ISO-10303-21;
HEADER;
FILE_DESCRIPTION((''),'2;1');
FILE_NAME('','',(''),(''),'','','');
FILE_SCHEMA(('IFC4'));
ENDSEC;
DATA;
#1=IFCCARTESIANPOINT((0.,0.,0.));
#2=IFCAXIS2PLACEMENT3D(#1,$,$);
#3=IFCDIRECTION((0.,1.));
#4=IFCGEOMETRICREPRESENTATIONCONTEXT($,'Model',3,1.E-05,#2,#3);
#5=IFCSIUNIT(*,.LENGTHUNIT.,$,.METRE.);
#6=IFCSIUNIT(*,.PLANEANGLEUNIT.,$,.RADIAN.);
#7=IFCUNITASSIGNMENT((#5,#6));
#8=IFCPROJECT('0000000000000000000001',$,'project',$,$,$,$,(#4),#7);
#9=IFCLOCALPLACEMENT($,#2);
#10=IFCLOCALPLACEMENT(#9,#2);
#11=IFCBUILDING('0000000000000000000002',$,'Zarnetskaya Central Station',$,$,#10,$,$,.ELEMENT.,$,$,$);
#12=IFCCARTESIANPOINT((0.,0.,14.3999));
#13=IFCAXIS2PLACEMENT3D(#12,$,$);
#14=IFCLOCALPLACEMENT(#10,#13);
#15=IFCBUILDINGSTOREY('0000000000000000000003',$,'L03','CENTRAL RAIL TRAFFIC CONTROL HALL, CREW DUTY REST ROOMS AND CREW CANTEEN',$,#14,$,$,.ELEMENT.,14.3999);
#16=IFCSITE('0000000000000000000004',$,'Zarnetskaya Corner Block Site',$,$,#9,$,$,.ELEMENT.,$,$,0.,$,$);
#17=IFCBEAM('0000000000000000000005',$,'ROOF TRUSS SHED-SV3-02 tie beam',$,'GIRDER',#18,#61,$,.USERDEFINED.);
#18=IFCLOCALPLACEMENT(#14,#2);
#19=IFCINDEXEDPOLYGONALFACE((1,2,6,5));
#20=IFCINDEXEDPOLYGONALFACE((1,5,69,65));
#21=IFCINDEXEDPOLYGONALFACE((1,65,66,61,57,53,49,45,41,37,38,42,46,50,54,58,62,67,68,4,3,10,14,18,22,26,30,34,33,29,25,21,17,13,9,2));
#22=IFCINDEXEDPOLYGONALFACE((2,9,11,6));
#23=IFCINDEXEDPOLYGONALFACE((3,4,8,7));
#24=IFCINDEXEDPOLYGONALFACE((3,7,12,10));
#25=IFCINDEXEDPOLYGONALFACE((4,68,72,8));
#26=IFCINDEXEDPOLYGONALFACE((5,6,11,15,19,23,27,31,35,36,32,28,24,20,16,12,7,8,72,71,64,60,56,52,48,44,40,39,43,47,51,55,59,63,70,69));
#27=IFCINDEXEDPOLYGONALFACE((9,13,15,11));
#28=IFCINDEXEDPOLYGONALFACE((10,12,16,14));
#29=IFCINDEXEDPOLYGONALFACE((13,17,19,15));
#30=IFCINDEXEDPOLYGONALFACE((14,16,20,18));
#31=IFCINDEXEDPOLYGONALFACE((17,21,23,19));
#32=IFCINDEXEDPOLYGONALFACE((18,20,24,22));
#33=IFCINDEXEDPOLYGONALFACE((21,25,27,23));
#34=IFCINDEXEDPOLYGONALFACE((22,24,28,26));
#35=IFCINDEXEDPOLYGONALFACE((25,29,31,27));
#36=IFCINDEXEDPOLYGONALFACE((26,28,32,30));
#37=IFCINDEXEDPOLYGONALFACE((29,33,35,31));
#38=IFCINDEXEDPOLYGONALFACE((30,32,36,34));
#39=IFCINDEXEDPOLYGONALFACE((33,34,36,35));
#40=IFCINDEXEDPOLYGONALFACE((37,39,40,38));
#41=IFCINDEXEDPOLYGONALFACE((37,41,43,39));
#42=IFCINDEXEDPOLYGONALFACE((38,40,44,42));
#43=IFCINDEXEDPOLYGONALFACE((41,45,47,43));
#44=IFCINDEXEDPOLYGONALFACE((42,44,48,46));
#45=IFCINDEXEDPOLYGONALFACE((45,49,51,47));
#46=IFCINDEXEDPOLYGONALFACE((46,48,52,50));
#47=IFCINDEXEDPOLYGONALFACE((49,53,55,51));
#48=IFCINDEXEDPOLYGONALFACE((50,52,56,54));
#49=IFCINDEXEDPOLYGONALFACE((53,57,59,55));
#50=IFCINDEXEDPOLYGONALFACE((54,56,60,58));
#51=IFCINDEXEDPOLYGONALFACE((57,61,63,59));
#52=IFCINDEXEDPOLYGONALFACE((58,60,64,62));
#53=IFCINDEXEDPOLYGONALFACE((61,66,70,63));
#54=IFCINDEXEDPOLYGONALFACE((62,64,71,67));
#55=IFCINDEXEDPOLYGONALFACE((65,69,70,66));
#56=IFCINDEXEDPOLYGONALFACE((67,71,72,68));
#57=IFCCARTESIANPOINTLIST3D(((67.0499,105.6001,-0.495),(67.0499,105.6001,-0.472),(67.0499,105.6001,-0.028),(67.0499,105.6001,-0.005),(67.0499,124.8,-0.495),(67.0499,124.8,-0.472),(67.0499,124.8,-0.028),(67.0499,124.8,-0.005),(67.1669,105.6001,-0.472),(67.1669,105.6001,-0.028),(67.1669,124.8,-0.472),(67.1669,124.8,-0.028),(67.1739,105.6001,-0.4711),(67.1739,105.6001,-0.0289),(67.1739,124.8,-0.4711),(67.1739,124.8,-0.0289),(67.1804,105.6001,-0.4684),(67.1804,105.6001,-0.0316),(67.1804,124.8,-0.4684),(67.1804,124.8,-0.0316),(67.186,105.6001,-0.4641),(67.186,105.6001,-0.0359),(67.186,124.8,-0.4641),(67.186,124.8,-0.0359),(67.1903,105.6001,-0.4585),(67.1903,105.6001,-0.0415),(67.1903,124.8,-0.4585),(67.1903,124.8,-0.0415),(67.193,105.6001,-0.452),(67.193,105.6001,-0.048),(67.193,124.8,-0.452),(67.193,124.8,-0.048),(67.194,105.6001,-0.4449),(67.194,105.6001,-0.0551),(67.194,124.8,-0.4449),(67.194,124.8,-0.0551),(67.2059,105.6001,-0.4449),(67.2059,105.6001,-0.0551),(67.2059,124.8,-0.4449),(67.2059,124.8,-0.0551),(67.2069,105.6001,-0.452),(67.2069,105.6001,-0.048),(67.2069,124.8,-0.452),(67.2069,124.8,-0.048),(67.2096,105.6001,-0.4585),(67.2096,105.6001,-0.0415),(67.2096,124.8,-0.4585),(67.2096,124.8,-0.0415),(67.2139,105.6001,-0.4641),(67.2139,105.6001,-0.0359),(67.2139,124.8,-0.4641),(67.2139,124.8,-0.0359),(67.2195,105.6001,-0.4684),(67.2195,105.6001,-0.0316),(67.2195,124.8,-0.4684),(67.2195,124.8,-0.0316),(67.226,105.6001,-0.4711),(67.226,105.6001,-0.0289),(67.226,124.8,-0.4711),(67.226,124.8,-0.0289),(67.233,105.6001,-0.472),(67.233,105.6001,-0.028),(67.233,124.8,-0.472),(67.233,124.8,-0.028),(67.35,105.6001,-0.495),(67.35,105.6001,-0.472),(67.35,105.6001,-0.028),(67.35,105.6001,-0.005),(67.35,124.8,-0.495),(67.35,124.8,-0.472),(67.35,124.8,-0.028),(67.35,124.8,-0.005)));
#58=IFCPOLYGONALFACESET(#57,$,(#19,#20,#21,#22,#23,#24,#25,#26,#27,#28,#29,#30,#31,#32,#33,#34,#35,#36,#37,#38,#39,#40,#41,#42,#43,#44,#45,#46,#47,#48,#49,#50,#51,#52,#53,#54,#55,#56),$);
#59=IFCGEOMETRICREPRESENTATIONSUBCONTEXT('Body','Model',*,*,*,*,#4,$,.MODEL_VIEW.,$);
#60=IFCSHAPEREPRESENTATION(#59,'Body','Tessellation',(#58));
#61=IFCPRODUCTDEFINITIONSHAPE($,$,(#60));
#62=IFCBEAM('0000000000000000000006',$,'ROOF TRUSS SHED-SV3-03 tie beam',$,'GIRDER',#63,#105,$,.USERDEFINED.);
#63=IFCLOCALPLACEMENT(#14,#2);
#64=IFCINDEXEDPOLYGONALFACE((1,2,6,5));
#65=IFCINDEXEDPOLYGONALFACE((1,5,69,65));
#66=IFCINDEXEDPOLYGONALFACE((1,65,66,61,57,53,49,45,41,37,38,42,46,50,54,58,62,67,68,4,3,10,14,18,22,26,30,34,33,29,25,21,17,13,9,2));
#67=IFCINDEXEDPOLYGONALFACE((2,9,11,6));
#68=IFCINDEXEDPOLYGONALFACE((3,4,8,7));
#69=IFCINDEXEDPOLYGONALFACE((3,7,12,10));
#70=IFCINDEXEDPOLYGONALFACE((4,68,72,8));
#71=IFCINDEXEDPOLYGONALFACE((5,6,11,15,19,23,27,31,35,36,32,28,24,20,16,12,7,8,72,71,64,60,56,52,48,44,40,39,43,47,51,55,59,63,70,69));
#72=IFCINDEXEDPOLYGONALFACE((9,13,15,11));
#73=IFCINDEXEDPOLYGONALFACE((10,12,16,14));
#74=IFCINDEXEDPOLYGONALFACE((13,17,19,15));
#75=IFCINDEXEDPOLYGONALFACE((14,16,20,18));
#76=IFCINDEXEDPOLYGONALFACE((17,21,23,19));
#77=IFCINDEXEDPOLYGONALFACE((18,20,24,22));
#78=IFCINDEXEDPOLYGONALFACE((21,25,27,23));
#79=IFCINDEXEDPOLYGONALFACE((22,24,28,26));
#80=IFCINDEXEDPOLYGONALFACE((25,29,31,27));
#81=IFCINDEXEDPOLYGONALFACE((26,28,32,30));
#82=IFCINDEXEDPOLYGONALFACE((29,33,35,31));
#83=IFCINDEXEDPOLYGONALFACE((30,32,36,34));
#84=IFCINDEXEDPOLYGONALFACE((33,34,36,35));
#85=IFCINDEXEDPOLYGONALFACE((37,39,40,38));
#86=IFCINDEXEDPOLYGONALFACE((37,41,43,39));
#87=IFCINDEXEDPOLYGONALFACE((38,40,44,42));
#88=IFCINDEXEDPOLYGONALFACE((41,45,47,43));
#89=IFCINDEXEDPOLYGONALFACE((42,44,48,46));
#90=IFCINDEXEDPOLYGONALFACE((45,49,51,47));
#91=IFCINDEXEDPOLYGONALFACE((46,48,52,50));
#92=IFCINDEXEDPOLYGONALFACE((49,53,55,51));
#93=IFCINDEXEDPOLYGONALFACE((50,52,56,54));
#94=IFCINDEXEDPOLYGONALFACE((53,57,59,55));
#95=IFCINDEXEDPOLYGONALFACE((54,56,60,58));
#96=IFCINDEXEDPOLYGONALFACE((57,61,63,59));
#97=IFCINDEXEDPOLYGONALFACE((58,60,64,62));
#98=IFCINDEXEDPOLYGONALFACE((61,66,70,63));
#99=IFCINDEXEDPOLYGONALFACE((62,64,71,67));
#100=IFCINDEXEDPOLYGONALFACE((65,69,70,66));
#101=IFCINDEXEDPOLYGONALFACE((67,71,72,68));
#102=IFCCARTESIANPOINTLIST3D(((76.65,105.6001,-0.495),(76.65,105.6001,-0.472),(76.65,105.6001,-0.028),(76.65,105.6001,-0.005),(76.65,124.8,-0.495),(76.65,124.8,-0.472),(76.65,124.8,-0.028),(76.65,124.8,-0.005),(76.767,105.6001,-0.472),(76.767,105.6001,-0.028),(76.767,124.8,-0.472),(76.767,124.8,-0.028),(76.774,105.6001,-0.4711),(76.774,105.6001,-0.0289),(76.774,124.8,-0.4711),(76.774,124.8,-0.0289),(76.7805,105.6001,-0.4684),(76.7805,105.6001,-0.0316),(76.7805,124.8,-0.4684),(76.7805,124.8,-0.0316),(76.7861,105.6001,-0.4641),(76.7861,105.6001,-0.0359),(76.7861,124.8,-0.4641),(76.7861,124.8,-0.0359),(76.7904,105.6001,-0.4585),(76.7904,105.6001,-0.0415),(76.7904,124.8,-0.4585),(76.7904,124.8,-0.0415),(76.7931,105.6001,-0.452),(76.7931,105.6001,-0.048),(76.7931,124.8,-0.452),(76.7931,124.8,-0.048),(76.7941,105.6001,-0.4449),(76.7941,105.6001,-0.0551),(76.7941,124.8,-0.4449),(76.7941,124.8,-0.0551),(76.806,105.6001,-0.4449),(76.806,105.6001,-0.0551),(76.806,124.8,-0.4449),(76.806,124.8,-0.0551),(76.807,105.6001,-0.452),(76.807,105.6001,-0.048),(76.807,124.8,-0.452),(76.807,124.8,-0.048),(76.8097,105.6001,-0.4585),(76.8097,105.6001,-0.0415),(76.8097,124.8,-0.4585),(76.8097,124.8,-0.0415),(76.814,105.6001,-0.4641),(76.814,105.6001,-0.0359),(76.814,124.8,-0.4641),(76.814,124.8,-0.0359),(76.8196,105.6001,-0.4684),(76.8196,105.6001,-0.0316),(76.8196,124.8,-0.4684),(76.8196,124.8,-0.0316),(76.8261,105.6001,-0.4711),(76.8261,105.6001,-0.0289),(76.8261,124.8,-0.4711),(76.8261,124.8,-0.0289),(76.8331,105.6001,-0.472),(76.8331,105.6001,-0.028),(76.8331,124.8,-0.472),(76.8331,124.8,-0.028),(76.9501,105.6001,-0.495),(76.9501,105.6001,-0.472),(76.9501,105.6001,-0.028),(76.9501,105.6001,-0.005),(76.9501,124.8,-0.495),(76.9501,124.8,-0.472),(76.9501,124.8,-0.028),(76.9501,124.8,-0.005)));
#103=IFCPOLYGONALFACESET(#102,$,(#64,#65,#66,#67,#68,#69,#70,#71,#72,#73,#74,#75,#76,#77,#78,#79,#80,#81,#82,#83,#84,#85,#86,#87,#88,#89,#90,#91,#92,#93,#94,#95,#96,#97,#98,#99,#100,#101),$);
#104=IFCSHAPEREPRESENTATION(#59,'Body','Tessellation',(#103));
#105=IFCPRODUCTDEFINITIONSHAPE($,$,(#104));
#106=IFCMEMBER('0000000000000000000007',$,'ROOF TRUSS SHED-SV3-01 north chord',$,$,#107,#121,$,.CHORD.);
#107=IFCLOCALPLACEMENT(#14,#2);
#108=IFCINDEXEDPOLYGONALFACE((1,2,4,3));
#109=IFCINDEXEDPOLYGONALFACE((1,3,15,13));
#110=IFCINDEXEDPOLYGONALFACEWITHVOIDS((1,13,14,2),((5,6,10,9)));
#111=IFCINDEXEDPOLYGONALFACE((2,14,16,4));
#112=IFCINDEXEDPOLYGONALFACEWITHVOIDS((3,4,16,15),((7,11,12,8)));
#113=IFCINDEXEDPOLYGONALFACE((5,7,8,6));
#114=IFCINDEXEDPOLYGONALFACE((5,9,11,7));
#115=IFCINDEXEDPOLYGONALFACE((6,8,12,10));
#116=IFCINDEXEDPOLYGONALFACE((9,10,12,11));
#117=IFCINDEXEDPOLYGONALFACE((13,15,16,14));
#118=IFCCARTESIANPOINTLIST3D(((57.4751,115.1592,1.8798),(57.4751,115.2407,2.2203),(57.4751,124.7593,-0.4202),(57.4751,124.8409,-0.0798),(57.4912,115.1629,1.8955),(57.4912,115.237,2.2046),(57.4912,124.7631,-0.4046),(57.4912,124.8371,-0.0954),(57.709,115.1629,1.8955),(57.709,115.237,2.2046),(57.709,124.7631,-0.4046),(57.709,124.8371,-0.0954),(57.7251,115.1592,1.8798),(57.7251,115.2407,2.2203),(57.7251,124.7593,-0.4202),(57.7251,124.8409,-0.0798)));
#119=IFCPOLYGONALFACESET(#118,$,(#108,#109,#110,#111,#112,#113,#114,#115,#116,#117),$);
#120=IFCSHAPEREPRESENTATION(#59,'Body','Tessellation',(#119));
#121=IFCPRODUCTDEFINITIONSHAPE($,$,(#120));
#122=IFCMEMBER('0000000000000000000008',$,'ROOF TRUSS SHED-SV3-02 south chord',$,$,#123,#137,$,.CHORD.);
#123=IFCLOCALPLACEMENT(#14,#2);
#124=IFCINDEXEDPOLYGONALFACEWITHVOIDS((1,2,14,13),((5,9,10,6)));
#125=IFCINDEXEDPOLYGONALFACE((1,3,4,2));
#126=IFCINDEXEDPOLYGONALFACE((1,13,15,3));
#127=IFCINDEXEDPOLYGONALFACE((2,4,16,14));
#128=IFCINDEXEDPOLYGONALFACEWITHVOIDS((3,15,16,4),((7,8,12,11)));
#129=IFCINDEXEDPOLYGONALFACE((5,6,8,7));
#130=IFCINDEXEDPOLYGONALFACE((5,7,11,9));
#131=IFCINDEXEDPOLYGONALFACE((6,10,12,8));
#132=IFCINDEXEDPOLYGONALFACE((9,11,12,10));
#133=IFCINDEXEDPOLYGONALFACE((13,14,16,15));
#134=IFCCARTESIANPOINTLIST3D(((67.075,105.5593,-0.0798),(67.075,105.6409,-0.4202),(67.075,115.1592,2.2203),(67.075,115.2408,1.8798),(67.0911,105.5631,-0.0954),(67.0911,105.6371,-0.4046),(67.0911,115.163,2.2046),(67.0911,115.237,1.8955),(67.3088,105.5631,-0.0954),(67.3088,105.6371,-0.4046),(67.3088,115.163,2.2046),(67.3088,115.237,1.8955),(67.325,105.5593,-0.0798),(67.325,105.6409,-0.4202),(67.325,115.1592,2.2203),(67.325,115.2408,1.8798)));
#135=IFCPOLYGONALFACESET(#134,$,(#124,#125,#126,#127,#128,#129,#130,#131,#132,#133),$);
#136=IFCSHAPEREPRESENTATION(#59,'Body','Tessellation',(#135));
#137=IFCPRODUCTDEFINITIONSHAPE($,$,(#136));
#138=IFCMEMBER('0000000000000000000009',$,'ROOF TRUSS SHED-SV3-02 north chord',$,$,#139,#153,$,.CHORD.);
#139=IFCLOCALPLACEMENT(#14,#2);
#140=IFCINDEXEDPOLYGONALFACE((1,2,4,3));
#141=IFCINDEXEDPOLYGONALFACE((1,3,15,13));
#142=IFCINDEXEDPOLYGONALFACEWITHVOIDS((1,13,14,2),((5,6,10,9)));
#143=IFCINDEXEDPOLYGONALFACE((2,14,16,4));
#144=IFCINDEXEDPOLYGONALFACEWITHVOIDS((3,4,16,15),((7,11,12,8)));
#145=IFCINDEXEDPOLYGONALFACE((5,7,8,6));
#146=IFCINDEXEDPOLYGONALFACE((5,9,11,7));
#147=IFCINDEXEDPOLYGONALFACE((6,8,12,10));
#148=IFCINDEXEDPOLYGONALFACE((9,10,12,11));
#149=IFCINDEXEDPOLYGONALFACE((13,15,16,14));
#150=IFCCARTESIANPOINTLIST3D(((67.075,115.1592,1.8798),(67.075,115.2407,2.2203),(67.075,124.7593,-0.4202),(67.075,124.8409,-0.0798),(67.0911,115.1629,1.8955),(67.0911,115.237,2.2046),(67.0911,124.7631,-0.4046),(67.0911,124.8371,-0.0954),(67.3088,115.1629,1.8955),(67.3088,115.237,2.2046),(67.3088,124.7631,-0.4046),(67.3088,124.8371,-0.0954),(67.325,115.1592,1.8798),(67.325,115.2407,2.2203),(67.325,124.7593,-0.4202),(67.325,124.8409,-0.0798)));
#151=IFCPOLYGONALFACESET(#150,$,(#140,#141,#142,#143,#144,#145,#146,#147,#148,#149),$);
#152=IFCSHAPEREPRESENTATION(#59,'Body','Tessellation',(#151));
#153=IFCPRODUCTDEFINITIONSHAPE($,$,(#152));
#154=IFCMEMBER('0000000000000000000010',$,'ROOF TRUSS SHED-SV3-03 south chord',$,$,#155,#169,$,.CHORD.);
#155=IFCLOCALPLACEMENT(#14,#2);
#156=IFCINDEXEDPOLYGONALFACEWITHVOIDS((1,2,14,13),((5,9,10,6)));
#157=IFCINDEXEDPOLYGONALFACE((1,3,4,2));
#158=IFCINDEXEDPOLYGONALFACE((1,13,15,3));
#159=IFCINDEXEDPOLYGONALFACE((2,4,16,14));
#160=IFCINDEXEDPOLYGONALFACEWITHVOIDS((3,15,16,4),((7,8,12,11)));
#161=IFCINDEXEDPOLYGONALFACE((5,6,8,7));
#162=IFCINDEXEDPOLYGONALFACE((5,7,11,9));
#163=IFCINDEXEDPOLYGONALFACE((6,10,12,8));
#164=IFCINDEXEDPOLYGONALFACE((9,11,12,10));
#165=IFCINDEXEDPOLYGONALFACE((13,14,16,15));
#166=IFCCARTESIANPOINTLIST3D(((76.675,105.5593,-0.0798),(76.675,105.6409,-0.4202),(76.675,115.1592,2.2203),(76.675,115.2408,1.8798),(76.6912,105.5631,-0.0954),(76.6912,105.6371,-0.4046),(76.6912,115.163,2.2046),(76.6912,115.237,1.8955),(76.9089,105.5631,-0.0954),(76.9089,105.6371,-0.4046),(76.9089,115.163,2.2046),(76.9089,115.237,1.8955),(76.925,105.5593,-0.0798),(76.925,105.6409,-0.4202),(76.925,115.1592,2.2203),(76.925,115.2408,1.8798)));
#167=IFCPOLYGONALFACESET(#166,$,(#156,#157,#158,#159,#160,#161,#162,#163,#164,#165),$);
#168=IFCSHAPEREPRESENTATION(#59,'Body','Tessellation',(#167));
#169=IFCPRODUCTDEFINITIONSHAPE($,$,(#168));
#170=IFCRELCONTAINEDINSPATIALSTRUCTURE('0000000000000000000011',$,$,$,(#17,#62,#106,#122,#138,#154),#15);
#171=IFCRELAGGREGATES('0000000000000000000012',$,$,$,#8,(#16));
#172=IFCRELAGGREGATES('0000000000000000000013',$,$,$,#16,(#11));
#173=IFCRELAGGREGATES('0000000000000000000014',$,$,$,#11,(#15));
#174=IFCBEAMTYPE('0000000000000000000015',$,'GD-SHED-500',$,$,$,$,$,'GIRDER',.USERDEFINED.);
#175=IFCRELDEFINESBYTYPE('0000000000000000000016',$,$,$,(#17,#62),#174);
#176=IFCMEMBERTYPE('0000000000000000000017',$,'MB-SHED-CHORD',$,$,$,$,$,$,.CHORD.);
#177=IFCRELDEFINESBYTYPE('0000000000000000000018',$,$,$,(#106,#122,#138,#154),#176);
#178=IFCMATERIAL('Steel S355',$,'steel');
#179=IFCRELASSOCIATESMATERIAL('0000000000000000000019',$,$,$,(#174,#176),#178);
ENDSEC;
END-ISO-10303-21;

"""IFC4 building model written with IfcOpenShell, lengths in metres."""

from ifc_helpers import new_model, si_unit, direction, frame, origin, origin_2d, place, context, subcontext, project, spatial, hollow_rectangle, i_section, extrude, material, material_profile, profile_set, type_object, element, save


model = new_model("IFC4")

# Units and contexts
model_context = context("Model", 3, precision=1e-05, world=origin(), true_north=direction((0.0, 1.0)))
body_context = subcontext(model_context, "Body", "Model", "MODEL_VIEW")
ifc_project = project(units=[si_unit("LENGTHUNIT", "METRE"), si_unit("PLANEANGLEUNIT", "RADIAN")], contexts=[model_context])

# Site, building, storey
site_placement = place(None, origin())
site = spatial("IfcSite", under=ifc_project, at=site_placement, Name="Zarnetskaya Corner Block Site", CompositionType="ELEMENT", RefElevation=0.0)
building_placement = place(site_placement, origin())
building = spatial("IfcBuilding", under=site, at=building_placement, Name="Zarnetskaya Central Station", CompositionType="ELEMENT")
storey_placement = place(building_placement, frame((0.0, 0.0, 14.3999)))
storey = spatial("IfcBuildingStorey", under=building, at=storey_placement, Name="L03", Description="CENTRAL RAIL TRAFFIC CONTROL HALL, CREW DUTY REST ROOMS AND CREW CANTEEN", CompositionType="ELEMENT", Elevation=14.3999)

# Beams
ifc_material_1 = material(Name="Steel S355", Category="steel")
ifc_material_profile_1 = material_profile(ifc_material_1, i_section(OverallWidth=0.3, OverallDepth=0.49, WebThickness=0.012, FlangeThickness=0.0229, FilletRadius=0.0271, at=origin_2d()), Name="HEA 500")
ifc_profile_set_1 = profile_set([ifc_material_profile_1], Name="Steel S355")
beam_type = type_object("IfcBeamType", Name="GD-SHED-500", ElementType="GIRDER", PredefinedType="USERDEFINED", material=ifc_profile_set_1)
for number, where, z_axis, x_axis, name in (
    (1, (67.2, 105.6001, -0.25), (0.0, 1.0, 0.0), (-1.0, 0.0, 0.0), "ROOF TRUSS SHED-SV3-02 tie beam"),
    (2, (76.8, 105.6001, -0.25), (0.0, 1.0, 0.0), (-1.0, 0.0, 0.0), "ROOF TRUSS SHED-SV3-03 tie beam"),
):
    element("IfcBeam", number, at=place(storey_placement, frame(where, z_axis=z_axis, x_axis=x_axis)), inside=storey, type_object=beam_type, Name=name, ObjectType="GIRDER", PredefinedType="USERDEFINED", context=body_context, shape_type="SweptSolid", body=[
        extrude(i_section(OverallWidth=0.3, OverallDepth=0.49, WebThickness=0.012, FlangeThickness=0.0229, FilletRadius=0.0271, at=origin_2d()), origin(), (0.0, 0.0, 1.0), 19.2),
    ])

# Members
ifc_material_profile_2 = material_profile(ifc_material_1, hollow_rectangle(XDim=0.25, YDim=0.3501, WallThickness=0.0161, at=origin_2d()), Name="RHS 350x250x16")
ifc_profile_set_2 = profile_set([ifc_material_profile_2], Name="Steel S355")
member_type_1 = type_object("IfcMemberType", Name="MB-SHED-CHORD", PredefinedType="CHORD", material=ifc_profile_set_2)
member_1_placement = place(storey_placement, frame((57.6001, 115.2, 2.05), z_axis=(0.0, 0.972479, -0.232992), x_axis=(-1.0, 0.0, 0.0)))
element("IfcMember", 3, at=member_1_placement, inside=storey, type_object=member_type_1, Name="ROOF TRUSS SHED-SV3-01 north chord", PredefinedType="CHORD", context=body_context, shape_type="SweptSolid", body=[
    extrude(hollow_rectangle(XDim=0.25, YDim=0.3501, WallThickness=0.0161, at=origin_2d()), origin(), (0.0, 0.0, 1.0), 9.8718),
])
member_2_placement = place(storey_placement, frame((67.2, 105.6001, -0.25), z_axis=(0.0, 0.972477, 0.232998), x_axis=(-1.0, 0.0, 0.0)))
element("IfcMember", 4, at=member_2_placement, inside=storey, type_object=member_type_1, Name="ROOF TRUSS SHED-SV3-02 south chord", PredefinedType="CHORD", context=body_context, shape_type="SweptSolid", body=[
    extrude(hollow_rectangle(XDim=0.25, YDim=0.3501, WallThickness=0.0161, at=origin_2d()), origin(), (0.0, 0.0, 1.0), 9.8716),
])
member_3_placement = place(storey_placement, frame((67.2, 115.2, 2.05), z_axis=(0.0, 0.972479, -0.232992), x_axis=(-1.0, 0.0, 0.0)))
element("IfcMember", 5, at=member_3_placement, inside=storey, type_object=member_type_1, Name="ROOF TRUSS SHED-SV3-02 north chord", PredefinedType="CHORD", context=body_context, shape_type="SweptSolid", body=[
    extrude(hollow_rectangle(XDim=0.25, YDim=0.3501, WallThickness=0.0161, at=origin_2d()), origin(), (0.0, 0.0, 1.0), 9.8718),
])
member_4_placement = place(storey_placement, frame((76.8, 105.6001, -0.25), z_axis=(0.0, 0.972477, 0.232998), x_axis=(-1.0, 0.0, 0.0)))
element("IfcMember", 6, at=member_4_placement, inside=storey, type_object=member_type_1, Name="ROOF TRUSS SHED-SV3-03 south chord", PredefinedType="CHORD", context=body_context, shape_type="SweptSolid", body=[
    extrude(hollow_rectangle(XDim=0.25, YDim=0.3501, WallThickness=0.0161, at=origin_2d()), origin(), (0.0, 0.0, 1.0), 9.8716),
])

save(model, "model.ifc")
